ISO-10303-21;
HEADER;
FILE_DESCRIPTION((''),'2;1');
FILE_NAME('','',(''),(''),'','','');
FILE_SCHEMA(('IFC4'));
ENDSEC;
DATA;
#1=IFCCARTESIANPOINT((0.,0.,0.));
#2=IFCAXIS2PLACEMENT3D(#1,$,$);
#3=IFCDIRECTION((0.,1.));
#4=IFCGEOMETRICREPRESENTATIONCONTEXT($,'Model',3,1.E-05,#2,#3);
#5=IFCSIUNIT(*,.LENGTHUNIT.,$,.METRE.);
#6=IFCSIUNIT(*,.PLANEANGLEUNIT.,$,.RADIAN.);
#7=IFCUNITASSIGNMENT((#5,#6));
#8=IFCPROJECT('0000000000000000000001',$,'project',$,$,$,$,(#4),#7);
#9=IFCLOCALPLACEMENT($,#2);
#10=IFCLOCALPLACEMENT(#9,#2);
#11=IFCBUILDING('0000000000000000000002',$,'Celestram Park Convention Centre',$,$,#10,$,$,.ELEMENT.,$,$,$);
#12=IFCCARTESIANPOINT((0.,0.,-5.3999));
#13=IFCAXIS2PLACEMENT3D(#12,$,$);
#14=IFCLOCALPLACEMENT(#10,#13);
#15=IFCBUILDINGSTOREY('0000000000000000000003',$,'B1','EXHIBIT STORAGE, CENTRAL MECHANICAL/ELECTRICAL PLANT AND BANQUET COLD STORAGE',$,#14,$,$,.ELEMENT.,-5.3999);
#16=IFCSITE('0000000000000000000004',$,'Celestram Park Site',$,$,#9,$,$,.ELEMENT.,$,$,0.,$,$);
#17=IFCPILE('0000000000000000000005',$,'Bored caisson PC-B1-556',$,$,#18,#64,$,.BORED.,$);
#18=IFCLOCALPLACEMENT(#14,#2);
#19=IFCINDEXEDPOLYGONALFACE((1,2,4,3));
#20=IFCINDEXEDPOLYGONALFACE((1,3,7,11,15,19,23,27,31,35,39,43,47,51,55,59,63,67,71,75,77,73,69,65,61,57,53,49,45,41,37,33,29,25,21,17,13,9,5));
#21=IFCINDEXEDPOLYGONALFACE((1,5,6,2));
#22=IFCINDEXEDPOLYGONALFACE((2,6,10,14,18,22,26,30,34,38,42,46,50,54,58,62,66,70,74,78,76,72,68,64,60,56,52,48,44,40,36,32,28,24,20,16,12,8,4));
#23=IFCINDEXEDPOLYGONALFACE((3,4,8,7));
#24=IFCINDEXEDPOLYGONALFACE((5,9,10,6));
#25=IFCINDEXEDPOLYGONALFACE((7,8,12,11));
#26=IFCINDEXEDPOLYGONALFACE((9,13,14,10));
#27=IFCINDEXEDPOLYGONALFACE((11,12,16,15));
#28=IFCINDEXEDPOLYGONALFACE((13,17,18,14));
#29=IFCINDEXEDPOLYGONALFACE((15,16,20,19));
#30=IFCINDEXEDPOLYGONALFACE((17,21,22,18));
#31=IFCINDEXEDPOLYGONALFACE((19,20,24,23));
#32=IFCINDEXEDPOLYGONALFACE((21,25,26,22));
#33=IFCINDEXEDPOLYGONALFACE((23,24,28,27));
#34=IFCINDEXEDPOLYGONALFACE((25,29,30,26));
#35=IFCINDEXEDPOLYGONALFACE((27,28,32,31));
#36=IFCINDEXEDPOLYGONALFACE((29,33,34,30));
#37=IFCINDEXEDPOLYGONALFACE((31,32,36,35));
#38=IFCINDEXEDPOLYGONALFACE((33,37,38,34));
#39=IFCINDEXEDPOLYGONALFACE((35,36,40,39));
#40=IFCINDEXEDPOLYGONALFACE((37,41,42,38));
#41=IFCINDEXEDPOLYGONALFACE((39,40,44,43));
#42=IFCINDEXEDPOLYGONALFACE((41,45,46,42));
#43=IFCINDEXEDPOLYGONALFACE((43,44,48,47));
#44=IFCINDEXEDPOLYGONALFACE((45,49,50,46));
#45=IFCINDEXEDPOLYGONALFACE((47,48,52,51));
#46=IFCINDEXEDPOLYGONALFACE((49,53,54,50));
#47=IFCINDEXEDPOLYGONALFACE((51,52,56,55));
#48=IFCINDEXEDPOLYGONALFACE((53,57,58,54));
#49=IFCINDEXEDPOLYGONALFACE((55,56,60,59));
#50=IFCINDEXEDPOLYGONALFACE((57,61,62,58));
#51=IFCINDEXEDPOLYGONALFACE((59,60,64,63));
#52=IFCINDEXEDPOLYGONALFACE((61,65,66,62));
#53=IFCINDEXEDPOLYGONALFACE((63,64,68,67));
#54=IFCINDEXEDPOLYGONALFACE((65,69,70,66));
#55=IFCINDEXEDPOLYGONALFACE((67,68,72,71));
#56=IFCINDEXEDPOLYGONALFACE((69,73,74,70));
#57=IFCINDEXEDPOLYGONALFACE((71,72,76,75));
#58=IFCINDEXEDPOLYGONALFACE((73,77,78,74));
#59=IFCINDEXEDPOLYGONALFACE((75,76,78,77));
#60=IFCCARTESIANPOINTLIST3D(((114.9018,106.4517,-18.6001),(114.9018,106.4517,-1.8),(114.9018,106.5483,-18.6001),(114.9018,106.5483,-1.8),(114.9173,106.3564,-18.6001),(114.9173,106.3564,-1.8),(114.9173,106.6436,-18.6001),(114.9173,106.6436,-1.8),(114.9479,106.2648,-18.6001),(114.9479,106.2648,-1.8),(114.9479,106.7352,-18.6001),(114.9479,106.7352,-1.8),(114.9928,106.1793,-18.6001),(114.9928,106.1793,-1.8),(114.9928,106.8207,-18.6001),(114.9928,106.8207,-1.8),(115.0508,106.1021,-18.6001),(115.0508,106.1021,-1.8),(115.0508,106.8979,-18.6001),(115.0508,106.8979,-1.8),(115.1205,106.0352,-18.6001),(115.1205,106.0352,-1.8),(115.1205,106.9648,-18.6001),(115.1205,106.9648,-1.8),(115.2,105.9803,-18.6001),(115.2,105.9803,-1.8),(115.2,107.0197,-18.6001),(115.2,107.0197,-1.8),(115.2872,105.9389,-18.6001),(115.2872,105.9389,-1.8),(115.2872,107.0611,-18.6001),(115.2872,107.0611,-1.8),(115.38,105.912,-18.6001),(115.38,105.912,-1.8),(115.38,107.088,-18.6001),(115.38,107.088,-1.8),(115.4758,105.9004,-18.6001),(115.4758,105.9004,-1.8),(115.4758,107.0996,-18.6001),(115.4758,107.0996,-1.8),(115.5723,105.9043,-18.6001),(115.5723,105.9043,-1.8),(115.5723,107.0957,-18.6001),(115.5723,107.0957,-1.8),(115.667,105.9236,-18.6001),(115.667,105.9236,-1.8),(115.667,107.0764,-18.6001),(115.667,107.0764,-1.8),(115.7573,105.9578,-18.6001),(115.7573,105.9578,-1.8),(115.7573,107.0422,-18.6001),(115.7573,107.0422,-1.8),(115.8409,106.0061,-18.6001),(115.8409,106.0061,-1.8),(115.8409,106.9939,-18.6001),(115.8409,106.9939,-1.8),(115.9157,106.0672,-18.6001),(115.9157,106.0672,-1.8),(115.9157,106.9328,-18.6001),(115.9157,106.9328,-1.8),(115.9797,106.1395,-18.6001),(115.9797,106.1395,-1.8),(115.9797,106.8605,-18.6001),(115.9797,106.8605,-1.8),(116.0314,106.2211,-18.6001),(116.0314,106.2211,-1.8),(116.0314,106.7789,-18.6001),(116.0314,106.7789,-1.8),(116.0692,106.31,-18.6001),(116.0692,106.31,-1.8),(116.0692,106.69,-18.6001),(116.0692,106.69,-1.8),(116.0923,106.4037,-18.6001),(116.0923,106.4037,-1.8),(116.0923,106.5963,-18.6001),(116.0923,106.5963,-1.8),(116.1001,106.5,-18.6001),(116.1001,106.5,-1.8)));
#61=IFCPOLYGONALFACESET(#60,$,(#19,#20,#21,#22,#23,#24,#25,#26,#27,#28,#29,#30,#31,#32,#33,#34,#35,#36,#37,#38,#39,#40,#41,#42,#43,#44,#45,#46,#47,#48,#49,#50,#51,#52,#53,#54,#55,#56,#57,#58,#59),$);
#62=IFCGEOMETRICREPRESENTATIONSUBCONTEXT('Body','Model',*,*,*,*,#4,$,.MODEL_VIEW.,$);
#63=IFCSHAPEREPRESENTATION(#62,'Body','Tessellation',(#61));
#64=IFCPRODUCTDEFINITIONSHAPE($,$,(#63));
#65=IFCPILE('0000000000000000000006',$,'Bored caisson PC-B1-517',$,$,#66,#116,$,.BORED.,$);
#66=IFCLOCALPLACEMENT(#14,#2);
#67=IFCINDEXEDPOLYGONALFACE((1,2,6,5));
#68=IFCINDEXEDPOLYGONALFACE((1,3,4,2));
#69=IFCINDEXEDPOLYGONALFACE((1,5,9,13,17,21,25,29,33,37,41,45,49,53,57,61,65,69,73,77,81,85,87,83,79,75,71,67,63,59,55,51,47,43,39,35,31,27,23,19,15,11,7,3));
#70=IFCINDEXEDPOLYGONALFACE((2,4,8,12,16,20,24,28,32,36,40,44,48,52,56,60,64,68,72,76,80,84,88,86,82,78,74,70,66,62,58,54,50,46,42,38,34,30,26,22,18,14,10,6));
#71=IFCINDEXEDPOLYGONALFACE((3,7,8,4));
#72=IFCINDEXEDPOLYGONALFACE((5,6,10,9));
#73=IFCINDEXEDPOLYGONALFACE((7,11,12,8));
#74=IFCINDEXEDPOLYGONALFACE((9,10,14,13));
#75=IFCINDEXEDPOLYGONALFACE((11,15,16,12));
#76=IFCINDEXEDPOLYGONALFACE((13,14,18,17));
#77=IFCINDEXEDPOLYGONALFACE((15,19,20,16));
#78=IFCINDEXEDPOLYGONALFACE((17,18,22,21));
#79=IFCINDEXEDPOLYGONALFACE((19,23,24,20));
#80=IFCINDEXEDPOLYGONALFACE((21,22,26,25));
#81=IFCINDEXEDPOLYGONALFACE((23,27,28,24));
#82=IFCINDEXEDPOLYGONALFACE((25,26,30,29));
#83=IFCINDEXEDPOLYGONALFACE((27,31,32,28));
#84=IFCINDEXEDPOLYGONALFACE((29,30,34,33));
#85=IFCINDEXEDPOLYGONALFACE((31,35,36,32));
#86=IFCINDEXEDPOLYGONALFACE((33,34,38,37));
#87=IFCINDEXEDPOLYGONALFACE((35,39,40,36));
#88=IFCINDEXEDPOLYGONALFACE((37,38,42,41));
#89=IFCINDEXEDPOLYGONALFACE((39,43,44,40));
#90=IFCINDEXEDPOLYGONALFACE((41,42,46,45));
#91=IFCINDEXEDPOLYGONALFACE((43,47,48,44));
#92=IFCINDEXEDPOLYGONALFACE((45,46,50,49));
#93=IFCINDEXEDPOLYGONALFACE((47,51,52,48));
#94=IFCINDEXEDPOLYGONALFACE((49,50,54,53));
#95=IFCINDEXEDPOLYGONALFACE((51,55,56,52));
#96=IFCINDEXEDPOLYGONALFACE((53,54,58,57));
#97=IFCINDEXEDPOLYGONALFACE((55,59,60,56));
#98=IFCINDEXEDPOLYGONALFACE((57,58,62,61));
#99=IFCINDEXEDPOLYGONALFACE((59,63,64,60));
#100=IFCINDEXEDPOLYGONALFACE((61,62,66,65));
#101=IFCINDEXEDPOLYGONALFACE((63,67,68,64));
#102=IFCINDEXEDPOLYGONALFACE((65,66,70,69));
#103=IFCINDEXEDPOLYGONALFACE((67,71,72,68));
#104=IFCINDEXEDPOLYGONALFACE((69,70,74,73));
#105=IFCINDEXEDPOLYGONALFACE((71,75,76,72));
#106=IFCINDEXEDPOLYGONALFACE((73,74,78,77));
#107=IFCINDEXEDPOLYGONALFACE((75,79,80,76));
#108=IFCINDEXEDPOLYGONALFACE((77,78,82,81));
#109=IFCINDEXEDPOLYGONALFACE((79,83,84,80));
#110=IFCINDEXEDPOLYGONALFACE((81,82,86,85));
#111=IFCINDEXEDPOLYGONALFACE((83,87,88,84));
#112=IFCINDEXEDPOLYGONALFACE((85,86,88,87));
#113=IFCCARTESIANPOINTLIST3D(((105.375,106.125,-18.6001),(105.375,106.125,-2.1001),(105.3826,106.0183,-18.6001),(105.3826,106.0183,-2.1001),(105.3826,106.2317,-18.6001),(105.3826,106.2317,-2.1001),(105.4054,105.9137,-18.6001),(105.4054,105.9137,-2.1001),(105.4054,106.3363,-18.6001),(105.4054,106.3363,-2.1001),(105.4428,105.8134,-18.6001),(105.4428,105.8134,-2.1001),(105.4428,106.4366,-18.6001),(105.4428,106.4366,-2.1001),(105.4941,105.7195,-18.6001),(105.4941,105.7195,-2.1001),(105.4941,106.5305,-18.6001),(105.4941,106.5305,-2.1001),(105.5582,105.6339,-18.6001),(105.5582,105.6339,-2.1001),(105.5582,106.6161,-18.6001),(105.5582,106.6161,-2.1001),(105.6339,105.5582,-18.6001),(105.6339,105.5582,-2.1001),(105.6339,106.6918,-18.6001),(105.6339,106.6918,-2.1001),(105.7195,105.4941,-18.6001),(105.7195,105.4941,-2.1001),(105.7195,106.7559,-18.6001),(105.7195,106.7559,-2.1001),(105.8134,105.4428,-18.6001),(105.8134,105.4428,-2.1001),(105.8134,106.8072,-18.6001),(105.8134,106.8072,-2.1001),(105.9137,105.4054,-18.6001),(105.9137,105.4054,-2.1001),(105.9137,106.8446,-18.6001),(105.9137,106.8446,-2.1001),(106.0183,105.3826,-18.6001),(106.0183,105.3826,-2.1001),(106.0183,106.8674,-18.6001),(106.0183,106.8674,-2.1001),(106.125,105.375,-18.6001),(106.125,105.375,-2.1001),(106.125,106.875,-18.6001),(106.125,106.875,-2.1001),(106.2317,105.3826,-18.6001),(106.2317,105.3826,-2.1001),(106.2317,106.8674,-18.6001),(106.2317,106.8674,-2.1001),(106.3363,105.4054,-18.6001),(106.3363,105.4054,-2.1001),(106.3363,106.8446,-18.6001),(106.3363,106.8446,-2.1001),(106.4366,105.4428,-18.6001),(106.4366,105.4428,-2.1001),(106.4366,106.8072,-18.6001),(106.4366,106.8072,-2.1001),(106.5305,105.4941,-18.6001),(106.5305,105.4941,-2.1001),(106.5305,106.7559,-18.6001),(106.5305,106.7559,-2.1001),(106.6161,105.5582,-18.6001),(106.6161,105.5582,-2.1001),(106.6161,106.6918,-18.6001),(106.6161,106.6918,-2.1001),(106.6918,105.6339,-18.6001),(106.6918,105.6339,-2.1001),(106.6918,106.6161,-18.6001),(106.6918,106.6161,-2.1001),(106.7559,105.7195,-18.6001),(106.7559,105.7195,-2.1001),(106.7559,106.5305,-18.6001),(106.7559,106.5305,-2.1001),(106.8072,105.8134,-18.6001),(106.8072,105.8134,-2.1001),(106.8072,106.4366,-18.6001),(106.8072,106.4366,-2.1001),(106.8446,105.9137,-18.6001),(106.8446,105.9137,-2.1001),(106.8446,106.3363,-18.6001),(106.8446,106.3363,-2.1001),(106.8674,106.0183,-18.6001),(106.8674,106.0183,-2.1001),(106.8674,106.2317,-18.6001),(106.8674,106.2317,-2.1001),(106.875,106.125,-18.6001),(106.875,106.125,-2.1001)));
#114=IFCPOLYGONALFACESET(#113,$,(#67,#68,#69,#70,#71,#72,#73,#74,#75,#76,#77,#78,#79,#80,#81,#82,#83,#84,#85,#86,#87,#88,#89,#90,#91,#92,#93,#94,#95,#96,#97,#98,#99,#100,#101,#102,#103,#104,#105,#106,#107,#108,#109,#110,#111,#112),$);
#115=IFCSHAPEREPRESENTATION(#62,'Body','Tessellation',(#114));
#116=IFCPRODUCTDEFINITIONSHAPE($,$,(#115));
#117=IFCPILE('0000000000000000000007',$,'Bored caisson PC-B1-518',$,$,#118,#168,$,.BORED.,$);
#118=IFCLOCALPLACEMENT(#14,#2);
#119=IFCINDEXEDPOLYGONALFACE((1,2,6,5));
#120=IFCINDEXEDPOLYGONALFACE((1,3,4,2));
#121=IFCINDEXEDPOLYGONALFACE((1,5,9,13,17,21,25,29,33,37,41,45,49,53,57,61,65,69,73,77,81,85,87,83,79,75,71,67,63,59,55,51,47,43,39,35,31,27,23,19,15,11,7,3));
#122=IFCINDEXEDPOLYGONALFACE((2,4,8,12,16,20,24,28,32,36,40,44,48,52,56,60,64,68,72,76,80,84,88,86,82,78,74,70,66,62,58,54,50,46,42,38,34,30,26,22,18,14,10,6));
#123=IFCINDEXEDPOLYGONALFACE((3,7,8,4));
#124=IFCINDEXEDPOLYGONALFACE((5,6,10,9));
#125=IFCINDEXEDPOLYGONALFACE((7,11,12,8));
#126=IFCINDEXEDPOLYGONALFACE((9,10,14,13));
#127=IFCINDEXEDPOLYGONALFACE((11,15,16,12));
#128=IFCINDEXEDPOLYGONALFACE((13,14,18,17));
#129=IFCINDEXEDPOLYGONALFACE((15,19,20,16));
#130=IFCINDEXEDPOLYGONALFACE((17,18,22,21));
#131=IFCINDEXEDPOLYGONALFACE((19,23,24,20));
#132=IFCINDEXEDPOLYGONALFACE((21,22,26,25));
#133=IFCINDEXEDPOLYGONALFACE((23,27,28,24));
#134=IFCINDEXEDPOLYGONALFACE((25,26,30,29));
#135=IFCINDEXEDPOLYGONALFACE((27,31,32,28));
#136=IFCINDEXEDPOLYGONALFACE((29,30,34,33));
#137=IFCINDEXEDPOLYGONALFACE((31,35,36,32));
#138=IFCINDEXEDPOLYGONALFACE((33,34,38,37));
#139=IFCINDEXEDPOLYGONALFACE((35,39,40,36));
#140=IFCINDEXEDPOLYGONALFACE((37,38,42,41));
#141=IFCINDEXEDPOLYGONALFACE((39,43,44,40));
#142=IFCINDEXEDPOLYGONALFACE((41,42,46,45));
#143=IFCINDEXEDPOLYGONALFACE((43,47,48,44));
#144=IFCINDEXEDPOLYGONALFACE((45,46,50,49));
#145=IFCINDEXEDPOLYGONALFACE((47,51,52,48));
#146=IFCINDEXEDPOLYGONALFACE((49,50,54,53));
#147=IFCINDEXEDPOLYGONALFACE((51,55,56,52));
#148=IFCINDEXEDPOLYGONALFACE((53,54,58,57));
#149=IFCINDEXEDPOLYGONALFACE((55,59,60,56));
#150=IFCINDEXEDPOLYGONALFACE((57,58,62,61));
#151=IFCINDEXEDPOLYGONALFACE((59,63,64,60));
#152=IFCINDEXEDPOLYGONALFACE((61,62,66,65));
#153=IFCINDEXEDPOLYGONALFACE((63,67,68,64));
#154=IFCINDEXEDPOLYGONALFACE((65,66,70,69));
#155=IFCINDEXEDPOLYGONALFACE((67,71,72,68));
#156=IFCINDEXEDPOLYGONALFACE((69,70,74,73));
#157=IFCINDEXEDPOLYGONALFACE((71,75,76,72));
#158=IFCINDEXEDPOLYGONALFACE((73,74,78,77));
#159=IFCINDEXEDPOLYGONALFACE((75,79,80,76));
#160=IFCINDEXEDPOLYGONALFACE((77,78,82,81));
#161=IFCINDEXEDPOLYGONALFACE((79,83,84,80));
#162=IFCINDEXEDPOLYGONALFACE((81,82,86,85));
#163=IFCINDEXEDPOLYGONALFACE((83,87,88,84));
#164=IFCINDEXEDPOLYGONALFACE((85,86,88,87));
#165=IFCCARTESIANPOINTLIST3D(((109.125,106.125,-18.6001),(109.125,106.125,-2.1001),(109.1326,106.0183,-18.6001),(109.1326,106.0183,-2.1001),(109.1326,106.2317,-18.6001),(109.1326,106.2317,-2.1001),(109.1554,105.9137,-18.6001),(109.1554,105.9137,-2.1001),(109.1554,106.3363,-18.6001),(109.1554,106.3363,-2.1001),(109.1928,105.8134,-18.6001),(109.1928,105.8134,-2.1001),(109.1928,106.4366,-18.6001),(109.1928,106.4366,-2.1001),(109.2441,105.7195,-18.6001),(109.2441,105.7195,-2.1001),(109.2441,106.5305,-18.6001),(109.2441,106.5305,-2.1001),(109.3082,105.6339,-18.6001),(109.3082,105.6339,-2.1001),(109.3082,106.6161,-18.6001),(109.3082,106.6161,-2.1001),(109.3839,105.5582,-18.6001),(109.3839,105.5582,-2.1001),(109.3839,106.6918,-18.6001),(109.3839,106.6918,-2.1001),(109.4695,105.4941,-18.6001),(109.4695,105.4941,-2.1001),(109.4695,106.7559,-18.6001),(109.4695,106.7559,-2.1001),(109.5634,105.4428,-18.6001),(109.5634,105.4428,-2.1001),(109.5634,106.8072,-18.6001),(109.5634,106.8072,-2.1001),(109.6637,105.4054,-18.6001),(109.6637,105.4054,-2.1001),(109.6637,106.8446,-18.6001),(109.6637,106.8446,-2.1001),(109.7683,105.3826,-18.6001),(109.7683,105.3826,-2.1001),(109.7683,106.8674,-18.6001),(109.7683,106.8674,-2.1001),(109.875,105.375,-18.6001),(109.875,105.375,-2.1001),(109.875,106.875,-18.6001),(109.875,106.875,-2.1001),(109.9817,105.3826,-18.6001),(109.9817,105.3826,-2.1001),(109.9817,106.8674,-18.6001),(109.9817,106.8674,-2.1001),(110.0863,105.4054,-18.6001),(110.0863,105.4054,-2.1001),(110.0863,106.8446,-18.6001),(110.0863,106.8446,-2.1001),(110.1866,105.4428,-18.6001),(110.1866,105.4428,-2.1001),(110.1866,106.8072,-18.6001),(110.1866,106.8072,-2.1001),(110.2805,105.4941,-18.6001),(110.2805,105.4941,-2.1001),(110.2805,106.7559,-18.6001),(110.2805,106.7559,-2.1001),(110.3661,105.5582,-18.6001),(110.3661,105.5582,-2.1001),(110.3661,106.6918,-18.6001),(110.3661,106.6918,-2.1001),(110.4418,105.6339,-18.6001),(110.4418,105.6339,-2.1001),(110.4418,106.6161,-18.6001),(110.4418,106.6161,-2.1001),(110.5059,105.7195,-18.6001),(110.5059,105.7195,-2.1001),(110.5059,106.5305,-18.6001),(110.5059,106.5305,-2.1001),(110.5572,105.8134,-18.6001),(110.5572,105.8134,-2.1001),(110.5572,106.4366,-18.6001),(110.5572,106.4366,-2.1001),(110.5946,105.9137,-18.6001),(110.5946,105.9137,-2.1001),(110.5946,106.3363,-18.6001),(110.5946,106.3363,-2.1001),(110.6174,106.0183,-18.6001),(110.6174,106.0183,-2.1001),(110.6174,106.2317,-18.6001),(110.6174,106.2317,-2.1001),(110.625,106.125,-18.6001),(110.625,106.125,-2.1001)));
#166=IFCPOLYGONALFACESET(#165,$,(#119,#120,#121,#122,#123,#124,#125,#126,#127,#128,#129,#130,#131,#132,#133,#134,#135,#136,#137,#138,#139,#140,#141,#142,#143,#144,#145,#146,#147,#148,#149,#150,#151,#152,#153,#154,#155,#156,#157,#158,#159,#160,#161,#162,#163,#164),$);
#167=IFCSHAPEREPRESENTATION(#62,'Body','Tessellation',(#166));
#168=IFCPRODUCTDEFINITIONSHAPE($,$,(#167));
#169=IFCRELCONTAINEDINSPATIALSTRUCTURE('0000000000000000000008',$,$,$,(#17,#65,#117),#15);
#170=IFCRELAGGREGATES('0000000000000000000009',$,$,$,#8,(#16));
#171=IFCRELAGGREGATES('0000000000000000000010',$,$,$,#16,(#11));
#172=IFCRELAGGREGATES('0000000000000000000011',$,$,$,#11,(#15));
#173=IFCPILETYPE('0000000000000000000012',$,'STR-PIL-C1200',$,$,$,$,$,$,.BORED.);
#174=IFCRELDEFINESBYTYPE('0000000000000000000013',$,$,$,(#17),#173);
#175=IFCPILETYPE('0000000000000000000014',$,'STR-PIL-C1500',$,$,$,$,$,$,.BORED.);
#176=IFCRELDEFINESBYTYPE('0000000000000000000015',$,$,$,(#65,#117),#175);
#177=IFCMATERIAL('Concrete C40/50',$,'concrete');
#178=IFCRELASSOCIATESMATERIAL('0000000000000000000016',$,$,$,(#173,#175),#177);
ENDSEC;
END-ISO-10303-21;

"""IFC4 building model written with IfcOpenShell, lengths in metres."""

from ifc_helpers import new_model, si_unit, direction, frame, origin, origin_2d, place, context, subcontext, project, spatial, circle, extrude, material, material_profile, profile_set, type_object, element, save


model = new_model("IFC4")

# Units and contexts
model_context = context("Model", 3, precision=1e-05, world=origin(), true_north=direction((0.0, 1.0)))
body_context = subcontext(model_context, "Body", "Model", "MODEL_VIEW")
ifc_project = project(units=[si_unit("LENGTHUNIT", "METRE"), si_unit("PLANEANGLEUNIT", "RADIAN")], contexts=[model_context])

# Site, building, storey
site_placement = place(None, origin())
site = spatial("IfcSite", under=ifc_project, at=site_placement, Name="Celestram Park Site", CompositionType="ELEMENT", RefElevation=0.0)
building_placement = place(site_placement, origin())
building = spatial("IfcBuilding", under=site, at=building_placement, Name="Celestram Park Convention Centre", CompositionType="ELEMENT")
storey_placement = place(building_placement, frame((0.0, 0.0, -5.3999)))
storey = spatial("IfcBuildingStorey", under=building, at=storey_placement, Name="B1", Description="EXHIBIT STORAGE, CENTRAL MECHANICAL/ELECTRICAL PLANT AND BANQUET COLD STORAGE", CompositionType="ELEMENT", Elevation=-5.3999)

# Shared definitions
ifc_material_1 = material(Name="Concrete C40/50", Category="concrete")

# Piles
ifc_material_profile_1 = material_profile(ifc_material_1, circle(Radius=0.6001, at=origin_2d()), Name="CAISSON1200")
ifc_profile_set_1 = profile_set([ifc_material_profile_1], Name="Concrete C40/50")
pile_type_1 = type_object("IfcPileType", Name="STR-PIL-C1200", PredefinedType="BORED", material=ifc_profile_set_1)
for number, where, z_axis, x_axis, name in (
    (1, (115.5, 106.5, -1.8), (0.0, 0.0, -1.0), (1.0, 0.0, 0.0), "Bored caisson PC-B1-556"),
):
    element("IfcPile", number, at=place(storey_placement, frame(where, z_axis=z_axis, x_axis=x_axis)), inside=storey, type_object=pile_type_1, Name=name, PredefinedType="BORED", context=body_context, shape_type="SweptSolid", body=[
        extrude(circle(Radius=0.6001, at=origin_2d()), origin(), (0.0, 0.0, 1.0), 16.8),
    ])
ifc_material_profile_2 = material_profile(ifc_material_1, circle(Radius=0.75, at=origin_2d()), Name="CAISSON1500")
ifc_profile_set_2 = profile_set([ifc_material_profile_2], Name="Concrete C40/50")
pile_type_2 = type_object("IfcPileType", Name="STR-PIL-C1500", PredefinedType="BORED", material=ifc_profile_set_2)
for number, where, z_axis, x_axis, name in (
    (2, (106.125, 106.125, -2.1001), (0.0, 0.0, -1.0), (1.0, 0.0, 0.0), "Bored caisson PC-B1-517"),
    (3, (109.875, 106.125, -2.1001), (0.0, 0.0, -1.0), (1.0, 0.0, 0.0), "Bored caisson PC-B1-518"),
):
    element("IfcPile", number, at=place(storey_placement, frame(where, z_axis=z_axis, x_axis=x_axis)), inside=storey, type_object=pile_type_2, Name=name, PredefinedType="BORED", context=body_context, shape_type="SweptSolid", body=[
        extrude(circle(Radius=0.75, at=origin_2d()), origin(), (0.0, 0.0, 1.0), 16.5),
    ])

save(model, "model.ifc")
